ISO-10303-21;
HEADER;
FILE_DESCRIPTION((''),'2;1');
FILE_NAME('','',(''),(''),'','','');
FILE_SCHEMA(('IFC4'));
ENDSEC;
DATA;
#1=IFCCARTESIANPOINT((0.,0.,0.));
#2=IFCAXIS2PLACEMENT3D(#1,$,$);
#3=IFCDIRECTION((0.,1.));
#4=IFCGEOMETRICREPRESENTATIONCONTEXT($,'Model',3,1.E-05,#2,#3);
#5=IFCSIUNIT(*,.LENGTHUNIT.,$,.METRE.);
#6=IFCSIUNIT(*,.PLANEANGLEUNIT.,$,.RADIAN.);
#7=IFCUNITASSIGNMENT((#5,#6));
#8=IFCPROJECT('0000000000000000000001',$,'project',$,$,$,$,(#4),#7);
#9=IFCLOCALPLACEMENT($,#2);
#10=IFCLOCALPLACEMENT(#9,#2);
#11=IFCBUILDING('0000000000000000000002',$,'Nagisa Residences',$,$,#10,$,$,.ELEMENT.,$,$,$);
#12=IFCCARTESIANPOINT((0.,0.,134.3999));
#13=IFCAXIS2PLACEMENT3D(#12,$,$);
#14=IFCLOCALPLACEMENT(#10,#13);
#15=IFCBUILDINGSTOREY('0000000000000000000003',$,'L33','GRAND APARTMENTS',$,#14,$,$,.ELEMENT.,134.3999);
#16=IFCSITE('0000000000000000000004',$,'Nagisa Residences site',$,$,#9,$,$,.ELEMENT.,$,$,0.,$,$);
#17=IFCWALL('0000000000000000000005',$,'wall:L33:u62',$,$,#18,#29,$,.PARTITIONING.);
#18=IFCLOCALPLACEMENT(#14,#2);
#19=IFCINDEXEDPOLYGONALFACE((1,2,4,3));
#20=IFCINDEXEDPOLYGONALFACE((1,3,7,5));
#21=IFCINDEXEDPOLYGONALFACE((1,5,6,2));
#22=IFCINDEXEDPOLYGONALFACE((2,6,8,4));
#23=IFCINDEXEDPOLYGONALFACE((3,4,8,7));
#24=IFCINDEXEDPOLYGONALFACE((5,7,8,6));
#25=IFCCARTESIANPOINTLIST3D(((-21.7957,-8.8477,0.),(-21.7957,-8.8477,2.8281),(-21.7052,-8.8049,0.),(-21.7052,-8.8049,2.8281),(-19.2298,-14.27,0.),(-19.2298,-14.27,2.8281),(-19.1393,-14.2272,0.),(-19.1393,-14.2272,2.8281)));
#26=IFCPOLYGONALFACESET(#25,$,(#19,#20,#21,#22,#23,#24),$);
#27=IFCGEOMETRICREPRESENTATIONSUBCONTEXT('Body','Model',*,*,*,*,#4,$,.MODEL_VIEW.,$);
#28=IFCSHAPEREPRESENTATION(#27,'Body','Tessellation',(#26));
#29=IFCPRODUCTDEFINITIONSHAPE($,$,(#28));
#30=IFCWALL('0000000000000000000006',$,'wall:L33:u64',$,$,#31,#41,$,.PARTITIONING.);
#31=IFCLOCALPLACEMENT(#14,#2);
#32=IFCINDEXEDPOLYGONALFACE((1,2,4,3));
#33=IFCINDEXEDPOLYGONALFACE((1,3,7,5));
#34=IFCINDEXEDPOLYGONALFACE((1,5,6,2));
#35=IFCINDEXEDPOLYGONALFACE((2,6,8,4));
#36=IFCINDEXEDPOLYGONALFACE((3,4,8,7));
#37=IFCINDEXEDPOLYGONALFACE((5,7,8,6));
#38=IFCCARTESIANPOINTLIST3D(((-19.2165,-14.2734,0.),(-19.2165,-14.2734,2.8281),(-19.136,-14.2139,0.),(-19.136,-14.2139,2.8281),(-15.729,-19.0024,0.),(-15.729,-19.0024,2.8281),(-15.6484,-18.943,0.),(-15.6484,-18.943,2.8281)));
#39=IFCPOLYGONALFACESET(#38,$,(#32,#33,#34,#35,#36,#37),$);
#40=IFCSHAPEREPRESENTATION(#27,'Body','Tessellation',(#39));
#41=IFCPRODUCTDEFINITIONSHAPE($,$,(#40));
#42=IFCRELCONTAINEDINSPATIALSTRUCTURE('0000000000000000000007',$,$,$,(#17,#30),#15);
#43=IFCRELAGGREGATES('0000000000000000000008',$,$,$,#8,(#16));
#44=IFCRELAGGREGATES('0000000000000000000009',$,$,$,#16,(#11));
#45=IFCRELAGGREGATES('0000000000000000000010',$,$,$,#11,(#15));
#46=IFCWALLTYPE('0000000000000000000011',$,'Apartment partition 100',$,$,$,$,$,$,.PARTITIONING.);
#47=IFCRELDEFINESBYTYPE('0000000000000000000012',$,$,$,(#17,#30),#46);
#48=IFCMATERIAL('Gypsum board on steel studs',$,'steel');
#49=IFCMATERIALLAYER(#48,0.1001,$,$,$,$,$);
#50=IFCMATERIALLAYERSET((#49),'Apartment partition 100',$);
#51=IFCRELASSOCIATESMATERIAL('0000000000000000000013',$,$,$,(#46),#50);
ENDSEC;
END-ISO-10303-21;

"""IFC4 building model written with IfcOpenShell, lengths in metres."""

from ifc_helpers import new_model, si_unit, direction, frame, frame_2d, origin, place, context, subcontext, project, spatial, rectangle, extrude, material, layer, layer_set, type_object, element, save


model = new_model("IFC4")

# Units and contexts
model_context = context("Model", 3, precision=1e-05, world=origin(), true_north=direction((0.0, 1.0)))
body_context = subcontext(model_context, "Body", "Model", "MODEL_VIEW")
ifc_project = project(units=[si_unit("LENGTHUNIT", "METRE"), si_unit("PLANEANGLEUNIT", "RADIAN")], contexts=[model_context])

# Site, building, storey
site_placement = place(None, origin())
site = spatial("IfcSite", under=ifc_project, at=site_placement, Name="Nagisa Residences site", CompositionType="ELEMENT", RefElevation=0.0)
building_placement = place(site_placement, origin())
building = spatial("IfcBuilding", under=site, at=building_placement, Name="Nagisa Residences", CompositionType="ELEMENT")
storey_placement = place(building_placement, frame((0.0, 0.0, 134.3999)))
storey = spatial("IfcBuildingStorey", under=building, at=storey_placement, Name="L33", Description="GRAND APARTMENTS", CompositionType="ELEMENT", Elevation=134.3999)

# Shared definitions
ifc_material_1 = material(Name="Gypsum board on steel studs", Category="steel")
ifc_layer_1 = layer(ifc_material_1, 0.1001)
ifc_layer_set_1 = layer_set([ifc_layer_1], Name="Apartment partition 100")
wall_type_1 = type_object("IfcWallType", Name="Apartment partition 100", PredefinedType="PARTITIONING", material=ifc_layer_set_1)

# Walls
wall_1_placement = place(storey_placement, frame((-21.7505, -8.8262, 0.0), z_axis=(0.0, 0.0, 1.0), x_axis=(0.427736, -0.903904, 0.0)))
element("IfcWall", 1, at=wall_1_placement, inside=storey, type_object=wall_type_1, Name="wall:L33:u62", PredefinedType="PARTITIONING", context=body_context, shape_type="SweptSolid", body=[
    extrude(rectangle(XDim=5.9988, YDim=0.1001, at=frame_2d((2.9995, 0.0))), origin(), (0.0, 0.0, 1.0), 2.8281),
])
wall_2_placement = place(storey_placement, frame((-19.1763, -14.2437, 0.0), z_axis=(0.0, 0.0, 1.0), x_axis=(0.593532, -0.80481, 0.0)))
element("IfcWall", 2, at=wall_2_placement, inside=storey, type_object=wall_type_1, Name="wall:L33:u64", PredefinedType="PARTITIONING", context=body_context, shape_type="SweptSolid", body=[
    extrude(rectangle(XDim=5.876, YDim=0.1001, at=frame_2d((2.938, 0.0))), origin(), (0.0, 0.0, 1.0), 2.8281),
])

save(model, "model.ifc")
